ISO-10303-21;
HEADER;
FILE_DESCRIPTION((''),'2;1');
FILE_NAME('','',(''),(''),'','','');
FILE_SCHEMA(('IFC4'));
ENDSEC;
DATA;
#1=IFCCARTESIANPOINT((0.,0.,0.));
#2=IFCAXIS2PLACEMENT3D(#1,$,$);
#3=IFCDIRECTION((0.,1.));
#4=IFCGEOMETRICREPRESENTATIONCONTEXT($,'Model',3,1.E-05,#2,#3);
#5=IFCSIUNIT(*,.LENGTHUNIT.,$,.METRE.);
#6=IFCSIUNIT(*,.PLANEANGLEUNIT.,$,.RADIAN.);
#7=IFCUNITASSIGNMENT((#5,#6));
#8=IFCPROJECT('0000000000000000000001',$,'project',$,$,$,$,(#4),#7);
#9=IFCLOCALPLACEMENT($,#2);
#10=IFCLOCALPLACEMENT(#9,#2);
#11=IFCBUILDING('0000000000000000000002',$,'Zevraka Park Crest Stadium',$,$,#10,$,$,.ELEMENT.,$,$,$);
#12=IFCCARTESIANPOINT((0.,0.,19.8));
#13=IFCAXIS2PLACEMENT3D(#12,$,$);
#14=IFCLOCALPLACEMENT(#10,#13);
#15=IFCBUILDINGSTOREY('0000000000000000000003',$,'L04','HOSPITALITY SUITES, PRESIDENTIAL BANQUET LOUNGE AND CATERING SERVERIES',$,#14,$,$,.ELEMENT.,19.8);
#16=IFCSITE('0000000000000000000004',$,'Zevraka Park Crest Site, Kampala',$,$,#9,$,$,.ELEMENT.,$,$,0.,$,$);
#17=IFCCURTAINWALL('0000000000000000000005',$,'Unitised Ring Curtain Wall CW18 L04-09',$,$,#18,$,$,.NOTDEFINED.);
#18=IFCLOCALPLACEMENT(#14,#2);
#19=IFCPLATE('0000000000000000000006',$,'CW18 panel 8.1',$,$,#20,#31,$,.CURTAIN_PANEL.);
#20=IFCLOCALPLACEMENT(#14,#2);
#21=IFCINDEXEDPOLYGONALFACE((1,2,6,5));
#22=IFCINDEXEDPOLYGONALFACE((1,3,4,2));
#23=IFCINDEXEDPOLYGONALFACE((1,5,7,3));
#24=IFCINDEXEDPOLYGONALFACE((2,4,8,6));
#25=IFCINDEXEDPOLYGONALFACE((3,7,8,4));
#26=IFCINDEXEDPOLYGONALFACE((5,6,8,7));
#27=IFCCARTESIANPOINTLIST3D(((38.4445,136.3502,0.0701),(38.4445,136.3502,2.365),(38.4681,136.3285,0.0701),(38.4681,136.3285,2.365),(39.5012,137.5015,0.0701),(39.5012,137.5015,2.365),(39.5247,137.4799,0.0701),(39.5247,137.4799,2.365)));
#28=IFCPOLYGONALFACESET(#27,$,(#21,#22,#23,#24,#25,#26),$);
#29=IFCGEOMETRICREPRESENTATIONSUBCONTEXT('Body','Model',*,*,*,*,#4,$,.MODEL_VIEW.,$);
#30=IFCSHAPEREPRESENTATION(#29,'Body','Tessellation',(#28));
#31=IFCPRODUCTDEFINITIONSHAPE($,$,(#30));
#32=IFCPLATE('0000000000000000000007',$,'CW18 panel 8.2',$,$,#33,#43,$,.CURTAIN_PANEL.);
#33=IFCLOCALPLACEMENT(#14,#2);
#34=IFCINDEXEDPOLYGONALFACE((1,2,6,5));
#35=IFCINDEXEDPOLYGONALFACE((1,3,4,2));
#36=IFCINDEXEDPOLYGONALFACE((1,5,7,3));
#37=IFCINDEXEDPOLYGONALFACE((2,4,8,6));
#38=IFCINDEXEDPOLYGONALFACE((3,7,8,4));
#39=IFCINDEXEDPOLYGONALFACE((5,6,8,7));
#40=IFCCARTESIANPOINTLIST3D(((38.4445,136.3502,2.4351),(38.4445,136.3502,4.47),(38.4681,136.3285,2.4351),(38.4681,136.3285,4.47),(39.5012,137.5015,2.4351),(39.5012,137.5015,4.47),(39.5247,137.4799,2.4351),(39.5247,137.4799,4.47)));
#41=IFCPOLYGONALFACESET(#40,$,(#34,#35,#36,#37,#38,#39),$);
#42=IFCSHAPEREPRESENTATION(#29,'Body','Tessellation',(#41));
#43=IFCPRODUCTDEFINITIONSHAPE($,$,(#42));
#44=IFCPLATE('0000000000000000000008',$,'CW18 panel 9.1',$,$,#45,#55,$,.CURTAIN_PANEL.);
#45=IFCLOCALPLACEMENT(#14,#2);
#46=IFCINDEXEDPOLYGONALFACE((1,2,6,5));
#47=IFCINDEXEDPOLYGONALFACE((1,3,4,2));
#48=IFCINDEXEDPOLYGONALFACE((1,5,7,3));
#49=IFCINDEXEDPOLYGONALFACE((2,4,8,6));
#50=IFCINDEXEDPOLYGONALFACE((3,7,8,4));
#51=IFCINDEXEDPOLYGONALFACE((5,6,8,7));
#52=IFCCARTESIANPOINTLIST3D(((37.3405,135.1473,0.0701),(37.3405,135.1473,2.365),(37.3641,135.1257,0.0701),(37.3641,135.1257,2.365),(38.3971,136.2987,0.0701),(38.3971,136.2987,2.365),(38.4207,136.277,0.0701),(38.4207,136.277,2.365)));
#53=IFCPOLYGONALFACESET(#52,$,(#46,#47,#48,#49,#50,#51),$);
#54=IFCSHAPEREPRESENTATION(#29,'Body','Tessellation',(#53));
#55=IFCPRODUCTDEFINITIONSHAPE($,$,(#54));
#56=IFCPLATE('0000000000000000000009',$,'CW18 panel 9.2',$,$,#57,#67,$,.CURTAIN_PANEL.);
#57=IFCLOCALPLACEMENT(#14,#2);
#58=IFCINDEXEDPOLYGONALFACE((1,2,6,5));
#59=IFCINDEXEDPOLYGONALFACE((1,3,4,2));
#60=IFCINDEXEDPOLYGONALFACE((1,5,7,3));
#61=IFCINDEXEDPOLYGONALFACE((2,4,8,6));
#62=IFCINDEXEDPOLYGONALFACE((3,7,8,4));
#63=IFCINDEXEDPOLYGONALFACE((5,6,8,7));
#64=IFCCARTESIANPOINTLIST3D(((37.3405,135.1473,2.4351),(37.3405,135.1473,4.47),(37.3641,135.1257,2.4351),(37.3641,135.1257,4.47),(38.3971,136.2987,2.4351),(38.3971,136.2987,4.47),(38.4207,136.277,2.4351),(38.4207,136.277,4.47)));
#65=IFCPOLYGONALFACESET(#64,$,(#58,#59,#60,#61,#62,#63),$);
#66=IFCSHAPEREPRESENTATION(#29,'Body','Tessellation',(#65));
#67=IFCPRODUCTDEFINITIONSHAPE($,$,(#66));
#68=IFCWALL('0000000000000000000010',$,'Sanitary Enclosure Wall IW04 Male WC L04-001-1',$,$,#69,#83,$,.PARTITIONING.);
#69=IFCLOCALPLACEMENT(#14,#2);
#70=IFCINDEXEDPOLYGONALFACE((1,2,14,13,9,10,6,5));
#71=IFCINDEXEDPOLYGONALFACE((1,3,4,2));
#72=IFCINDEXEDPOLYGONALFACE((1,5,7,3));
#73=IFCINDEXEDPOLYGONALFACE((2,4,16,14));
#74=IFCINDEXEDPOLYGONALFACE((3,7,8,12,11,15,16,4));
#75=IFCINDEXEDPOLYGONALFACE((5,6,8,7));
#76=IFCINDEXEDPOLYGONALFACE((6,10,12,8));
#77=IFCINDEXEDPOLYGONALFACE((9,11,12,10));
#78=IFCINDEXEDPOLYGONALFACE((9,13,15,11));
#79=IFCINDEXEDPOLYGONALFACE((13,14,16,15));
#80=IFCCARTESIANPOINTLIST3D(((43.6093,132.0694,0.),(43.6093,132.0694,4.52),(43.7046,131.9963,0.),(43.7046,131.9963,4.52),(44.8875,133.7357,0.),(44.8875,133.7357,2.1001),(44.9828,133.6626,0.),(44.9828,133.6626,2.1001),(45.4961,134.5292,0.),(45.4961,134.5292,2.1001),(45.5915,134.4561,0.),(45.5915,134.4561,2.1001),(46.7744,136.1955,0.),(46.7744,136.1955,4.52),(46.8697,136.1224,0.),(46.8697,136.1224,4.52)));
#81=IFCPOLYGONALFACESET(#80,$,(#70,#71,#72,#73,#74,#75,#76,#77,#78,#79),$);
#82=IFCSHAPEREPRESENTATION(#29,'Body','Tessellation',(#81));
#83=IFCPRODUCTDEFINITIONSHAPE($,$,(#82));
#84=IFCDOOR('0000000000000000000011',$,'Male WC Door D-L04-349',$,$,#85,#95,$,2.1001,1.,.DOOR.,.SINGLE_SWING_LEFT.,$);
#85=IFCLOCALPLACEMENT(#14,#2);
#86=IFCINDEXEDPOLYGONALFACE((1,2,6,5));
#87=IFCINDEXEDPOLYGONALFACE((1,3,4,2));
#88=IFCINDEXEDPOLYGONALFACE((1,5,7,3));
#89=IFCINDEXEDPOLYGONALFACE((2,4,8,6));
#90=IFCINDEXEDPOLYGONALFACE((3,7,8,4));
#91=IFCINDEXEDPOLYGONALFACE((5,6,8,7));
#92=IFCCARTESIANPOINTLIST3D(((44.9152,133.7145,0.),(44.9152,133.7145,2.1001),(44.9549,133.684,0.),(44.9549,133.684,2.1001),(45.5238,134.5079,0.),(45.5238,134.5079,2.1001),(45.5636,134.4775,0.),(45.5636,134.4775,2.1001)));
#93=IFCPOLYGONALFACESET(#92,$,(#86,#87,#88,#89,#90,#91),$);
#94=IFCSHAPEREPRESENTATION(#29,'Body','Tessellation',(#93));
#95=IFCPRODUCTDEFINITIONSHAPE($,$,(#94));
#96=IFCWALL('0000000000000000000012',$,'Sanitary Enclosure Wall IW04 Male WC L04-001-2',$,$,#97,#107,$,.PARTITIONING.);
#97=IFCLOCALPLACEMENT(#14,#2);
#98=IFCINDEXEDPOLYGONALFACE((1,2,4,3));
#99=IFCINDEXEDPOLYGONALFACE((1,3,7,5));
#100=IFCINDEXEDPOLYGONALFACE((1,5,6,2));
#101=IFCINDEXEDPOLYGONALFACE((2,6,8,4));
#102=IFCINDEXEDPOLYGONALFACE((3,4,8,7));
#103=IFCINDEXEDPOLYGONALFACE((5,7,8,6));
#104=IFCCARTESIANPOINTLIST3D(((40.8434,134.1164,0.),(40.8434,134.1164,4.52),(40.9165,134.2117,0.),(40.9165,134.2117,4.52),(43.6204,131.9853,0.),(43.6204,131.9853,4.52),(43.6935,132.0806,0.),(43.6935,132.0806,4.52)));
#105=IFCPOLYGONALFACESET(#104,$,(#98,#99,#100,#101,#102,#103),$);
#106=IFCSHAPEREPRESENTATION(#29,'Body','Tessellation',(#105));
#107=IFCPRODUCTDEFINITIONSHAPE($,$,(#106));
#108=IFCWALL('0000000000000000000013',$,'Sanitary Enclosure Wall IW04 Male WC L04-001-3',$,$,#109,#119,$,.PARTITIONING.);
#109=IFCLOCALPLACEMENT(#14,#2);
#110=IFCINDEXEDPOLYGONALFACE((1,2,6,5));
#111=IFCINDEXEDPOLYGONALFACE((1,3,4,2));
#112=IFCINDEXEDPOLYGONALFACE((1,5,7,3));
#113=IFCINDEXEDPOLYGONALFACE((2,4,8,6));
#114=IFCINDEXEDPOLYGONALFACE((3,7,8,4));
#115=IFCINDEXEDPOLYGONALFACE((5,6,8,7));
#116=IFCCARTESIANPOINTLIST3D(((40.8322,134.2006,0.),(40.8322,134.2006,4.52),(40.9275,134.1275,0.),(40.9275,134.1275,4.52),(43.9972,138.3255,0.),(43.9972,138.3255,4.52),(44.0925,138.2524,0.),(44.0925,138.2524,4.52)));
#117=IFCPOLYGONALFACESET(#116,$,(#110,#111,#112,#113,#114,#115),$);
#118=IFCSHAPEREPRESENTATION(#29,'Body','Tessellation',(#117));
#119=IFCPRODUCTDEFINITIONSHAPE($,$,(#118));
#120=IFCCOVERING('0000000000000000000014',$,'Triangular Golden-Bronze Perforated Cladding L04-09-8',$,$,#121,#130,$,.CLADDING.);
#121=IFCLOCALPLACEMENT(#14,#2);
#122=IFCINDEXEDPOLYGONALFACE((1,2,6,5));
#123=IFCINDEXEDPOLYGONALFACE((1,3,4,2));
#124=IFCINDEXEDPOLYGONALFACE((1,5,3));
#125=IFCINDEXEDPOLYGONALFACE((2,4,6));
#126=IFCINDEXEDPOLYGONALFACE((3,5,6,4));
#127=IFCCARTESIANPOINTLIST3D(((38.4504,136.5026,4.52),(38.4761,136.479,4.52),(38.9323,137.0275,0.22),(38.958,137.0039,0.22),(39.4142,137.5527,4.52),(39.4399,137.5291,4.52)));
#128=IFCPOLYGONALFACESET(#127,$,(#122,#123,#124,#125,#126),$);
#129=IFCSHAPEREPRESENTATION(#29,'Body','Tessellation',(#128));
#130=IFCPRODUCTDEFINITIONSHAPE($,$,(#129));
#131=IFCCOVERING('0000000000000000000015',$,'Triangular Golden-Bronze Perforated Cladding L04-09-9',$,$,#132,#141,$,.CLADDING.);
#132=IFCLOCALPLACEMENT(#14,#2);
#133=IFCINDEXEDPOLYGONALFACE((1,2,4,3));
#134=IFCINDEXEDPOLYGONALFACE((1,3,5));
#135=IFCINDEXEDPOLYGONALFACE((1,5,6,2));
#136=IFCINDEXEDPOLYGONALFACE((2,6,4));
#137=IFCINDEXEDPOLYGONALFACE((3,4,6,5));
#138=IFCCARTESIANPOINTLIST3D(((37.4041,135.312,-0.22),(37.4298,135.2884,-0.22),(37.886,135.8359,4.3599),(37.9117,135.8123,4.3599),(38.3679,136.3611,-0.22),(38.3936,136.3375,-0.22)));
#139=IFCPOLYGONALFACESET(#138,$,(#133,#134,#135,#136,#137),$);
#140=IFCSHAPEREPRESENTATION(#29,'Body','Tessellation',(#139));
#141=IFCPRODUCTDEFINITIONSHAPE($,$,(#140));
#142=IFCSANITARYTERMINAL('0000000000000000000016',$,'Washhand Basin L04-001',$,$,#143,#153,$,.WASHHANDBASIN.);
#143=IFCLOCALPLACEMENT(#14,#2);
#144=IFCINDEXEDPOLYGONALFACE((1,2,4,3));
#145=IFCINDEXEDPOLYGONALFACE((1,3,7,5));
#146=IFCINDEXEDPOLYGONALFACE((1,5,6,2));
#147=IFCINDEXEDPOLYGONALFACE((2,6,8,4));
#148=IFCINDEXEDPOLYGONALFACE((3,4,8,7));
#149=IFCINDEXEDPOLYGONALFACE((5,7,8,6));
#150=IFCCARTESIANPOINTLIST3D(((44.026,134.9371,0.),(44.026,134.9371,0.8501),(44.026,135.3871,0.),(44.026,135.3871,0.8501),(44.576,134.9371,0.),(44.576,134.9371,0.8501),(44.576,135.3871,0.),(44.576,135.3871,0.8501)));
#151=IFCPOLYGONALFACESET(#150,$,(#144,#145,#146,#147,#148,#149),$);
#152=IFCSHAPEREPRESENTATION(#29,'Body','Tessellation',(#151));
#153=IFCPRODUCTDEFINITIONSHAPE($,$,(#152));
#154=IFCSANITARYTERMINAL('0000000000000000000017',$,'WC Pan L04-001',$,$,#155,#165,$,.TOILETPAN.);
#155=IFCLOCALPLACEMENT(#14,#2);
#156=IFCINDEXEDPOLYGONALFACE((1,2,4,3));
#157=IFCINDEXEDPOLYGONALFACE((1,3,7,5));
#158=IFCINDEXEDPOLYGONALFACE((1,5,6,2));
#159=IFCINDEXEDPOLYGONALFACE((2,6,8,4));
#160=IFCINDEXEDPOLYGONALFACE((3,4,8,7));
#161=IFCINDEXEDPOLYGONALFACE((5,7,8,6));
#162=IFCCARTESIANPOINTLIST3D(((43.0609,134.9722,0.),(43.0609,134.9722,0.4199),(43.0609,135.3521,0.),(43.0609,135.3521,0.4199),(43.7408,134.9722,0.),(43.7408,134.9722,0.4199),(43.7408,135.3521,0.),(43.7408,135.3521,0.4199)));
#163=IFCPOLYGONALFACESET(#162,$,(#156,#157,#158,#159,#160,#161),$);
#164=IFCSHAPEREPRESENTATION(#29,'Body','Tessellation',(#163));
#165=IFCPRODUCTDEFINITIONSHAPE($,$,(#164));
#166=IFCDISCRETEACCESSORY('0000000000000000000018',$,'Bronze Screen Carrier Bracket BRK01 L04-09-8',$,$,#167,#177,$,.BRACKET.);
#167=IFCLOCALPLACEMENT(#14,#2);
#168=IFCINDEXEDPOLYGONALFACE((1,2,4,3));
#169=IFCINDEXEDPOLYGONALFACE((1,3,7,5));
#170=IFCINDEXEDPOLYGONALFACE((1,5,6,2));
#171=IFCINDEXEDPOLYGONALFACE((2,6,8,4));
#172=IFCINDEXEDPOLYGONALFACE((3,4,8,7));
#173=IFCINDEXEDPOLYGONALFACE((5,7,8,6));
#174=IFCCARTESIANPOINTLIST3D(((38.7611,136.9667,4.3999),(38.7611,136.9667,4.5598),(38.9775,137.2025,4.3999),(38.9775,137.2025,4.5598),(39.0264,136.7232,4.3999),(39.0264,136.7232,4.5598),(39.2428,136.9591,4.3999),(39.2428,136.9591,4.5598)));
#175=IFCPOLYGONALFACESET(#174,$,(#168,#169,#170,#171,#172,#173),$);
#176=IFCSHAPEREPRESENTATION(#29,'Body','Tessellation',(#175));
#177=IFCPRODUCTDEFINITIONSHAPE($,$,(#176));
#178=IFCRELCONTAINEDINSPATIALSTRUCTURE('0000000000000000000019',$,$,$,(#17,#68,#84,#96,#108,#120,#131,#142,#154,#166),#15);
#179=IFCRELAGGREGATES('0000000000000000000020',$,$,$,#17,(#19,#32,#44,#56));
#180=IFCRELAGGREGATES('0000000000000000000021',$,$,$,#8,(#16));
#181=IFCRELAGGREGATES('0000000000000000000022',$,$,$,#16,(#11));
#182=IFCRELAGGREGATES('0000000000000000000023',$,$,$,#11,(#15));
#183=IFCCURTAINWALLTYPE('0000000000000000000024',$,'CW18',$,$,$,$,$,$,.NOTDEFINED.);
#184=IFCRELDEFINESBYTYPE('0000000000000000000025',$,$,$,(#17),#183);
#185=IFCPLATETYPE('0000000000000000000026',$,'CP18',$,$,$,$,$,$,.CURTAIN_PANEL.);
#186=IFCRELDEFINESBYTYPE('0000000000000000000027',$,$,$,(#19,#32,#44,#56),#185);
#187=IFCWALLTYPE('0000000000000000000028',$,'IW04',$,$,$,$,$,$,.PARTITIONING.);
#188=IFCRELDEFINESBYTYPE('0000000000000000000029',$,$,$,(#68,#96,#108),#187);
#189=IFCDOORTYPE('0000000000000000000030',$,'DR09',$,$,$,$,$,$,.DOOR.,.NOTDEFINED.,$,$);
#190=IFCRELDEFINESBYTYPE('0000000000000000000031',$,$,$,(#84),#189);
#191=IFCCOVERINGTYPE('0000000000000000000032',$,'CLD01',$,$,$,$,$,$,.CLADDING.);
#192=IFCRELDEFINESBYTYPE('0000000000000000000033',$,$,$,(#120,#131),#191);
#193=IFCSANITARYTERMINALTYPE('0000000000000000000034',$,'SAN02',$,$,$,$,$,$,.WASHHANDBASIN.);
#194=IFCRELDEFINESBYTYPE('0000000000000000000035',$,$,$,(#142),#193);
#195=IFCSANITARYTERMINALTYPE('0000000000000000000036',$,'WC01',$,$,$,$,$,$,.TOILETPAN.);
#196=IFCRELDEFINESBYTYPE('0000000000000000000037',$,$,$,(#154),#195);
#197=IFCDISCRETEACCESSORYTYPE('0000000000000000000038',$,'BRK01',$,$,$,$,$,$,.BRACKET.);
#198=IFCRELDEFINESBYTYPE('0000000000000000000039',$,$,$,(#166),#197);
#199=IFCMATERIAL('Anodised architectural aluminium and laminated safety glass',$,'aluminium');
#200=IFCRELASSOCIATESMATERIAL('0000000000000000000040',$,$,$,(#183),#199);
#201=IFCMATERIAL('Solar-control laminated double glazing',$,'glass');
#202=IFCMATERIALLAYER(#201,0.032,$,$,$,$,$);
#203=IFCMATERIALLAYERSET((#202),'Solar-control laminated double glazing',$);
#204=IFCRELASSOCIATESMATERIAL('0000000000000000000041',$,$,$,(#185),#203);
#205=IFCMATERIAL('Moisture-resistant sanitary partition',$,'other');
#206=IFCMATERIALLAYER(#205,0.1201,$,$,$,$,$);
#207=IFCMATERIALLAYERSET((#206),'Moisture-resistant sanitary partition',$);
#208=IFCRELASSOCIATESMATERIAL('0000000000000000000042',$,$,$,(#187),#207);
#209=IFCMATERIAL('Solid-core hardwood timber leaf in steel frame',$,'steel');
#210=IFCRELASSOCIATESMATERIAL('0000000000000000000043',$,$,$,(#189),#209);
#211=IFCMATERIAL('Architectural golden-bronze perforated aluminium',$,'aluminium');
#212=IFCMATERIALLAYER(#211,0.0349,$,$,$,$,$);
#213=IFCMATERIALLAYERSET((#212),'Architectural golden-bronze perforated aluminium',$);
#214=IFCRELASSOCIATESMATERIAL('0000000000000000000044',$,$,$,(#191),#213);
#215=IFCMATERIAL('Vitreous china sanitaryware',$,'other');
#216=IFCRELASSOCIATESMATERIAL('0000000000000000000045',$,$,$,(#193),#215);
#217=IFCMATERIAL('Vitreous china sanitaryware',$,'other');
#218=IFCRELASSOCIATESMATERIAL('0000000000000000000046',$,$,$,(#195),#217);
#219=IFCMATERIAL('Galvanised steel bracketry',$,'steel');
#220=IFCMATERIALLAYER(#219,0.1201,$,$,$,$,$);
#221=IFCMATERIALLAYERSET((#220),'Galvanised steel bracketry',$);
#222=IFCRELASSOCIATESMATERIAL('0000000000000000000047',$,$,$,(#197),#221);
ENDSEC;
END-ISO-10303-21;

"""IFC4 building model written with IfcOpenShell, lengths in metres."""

from ifc_helpers import new_model, si_unit, direction, frame, frame_2d, origin, origin_2d, place, context, subcontext, project, spatial, polyline, rectangle, outline, extrude, material, layer, layer_set, type_object, element, fill, aggregate, save


model = new_model("IFC4")

# Units and contexts
model_context = context("Model", 3, precision=1e-05, world=origin(), true_north=direction((0.0, 1.0)))
body_context = subcontext(model_context, "Body", "Model", "MODEL_VIEW")
ifc_project = project(units=[si_unit("LENGTHUNIT", "METRE"), si_unit("PLANEANGLEUNIT", "RADIAN")], contexts=[model_context])

# Site, building, storey
site_placement = place(None, origin())
site = spatial("IfcSite", under=ifc_project, at=site_placement, Name="Zevraka Park Crest Site, Kampala", CompositionType="ELEMENT", RefElevation=0.0)
building_placement = place(site_placement, origin())
building = spatial("IfcBuilding", under=site, at=building_placement, Name="Zevraka Park Crest Stadium", CompositionType="ELEMENT")
storey_placement = place(building_placement, frame((0.0, 0.0, 19.8)))
storey = spatial("IfcBuildingStorey", under=building, at=storey_placement, Name="L04", Description="HOSPITALITY SUITES, PRESIDENTIAL BANQUET LOUNGE AND CATERING SERVERIES", CompositionType="ELEMENT", Elevation=19.8)

# Curtain wall
ifc_material_1 = material(Name="Anodised architectural aluminium and laminated safety glass", Category="aluminium")
curtain_wall_type = type_object("IfcCurtainWallType", Name="CW18", PredefinedType="NOTDEFINED", material=ifc_material_1)
curtain_wall_placement = place(storey_placement, origin())
curtain_wall = element("IfcCurtainWall", 1, at=curtain_wall_placement, inside=storey, type_object=curtain_wall_type, Name="Unitised Ring Curtain Wall CW18 L04-09", PredefinedType="NOTDEFINED")

# Plates
ifc_material_2 = material(Name="Solar-control laminated double glazing", Category="glass")
ifc_layer_1 = layer(ifc_material_2, 0.032)
ifc_layer_set_1 = layer_set([ifc_layer_1], Name="Solar-control laminated double glazing")
plate_type = type_object("IfcPlateType", Name="CP18", PredefinedType="CURTAIN_PANEL", material=ifc_layer_set_1)
plate_1_placement = place(storey_placement, frame((38.9846, 136.915, 0.0701), z_axis=(0.0, 0.0, 1.0), x_axis=(-0.676138, -0.736775, 0.0)))
plate_1 = element("IfcPlate", 2, at=plate_1_placement, type_object=plate_type, Name="CW18 panel 8.1", PredefinedType="CURTAIN_PANEL", context=body_context, shape_type="SweptSolid", body=[
    extrude(rectangle(XDim=1.5627, YDim=0.032, at=origin_2d()), origin(), (0.0, 0.0, 1.0), 2.2949),
])
plate_2_placement = place(storey_placement, frame((38.9846, 136.915, 2.4351), z_axis=(0.0, 0.0, 1.0), x_axis=(-0.676138, -0.736775, 0.0)))
plate_2 = element("IfcPlate", 3, at=plate_2_placement, type_object=plate_type, Name="CW18 panel 8.2", PredefinedType="CURTAIN_PANEL", context=body_context, shape_type="SweptSolid", body=[
    extrude(rectangle(XDim=1.5627, YDim=0.032, at=origin_2d()), origin(), (0.0, 0.0, 1.0), 2.0349),
])
plate_3_placement = place(storey_placement, frame((37.8806, 135.7122, 0.0701), z_axis=(0.0, 0.0, 1.0), x_axis=(-0.676138, -0.736775, 0.0)))
plate_3 = element("IfcPlate", 4, at=plate_3_placement, type_object=plate_type, Name="CW18 panel 9.1", PredefinedType="CURTAIN_PANEL", context=body_context, shape_type="SweptSolid", body=[
    extrude(rectangle(XDim=1.5627, YDim=0.032, at=origin_2d()), origin(), (0.0, 0.0, 1.0), 2.2949),
])
plate_4_placement = place(storey_placement, frame((37.8806, 135.7122, 2.4351), z_axis=(0.0, 0.0, 1.0), x_axis=(-0.676138, -0.736775, 0.0)))
plate_4 = element("IfcPlate", 5, at=plate_4_placement, type_object=plate_type, Name="CW18 panel 9.2", PredefinedType="CURTAIN_PANEL", context=body_context, shape_type="SweptSolid", body=[
    extrude(rectangle(XDim=1.5627, YDim=0.032, at=origin_2d()), origin(), (0.0, 0.0, 1.0), 2.0349),
])
aggregate(curtain_wall, [plate_1, plate_2, plate_3, plate_4])

# Wall, opening, door
ifc_material_3 = material(Name="Moisture-resistant sanitary partition", Category="other")
ifc_layer_2 = layer(ifc_material_3, 0.1201)
ifc_layer_set_2 = layer_set([ifc_layer_2], Name="Moisture-resistant sanitary partition")
wall_type = type_object("IfcWallType", Name="IW04", PredefinedType="PARTITIONING", material=ifc_layer_set_2)
wall_1_placement = place(storey_placement, frame((46.822, 136.1589, 0.0), z_axis=(0.0, 0.0, 1.0), x_axis=(-0.608648, -0.79344, 0.0)))
wall_1 = element("IfcWall", 6, at=wall_1_placement, inside=storey, type_object=wall_type, Name="Sanitary Enclosure Wall IW04 Male WC L04-001-1", PredefinedType="PARTITIONING", context=body_context, shape_type="SweptSolid", body=[
    extrude(rectangle(XDim=5.2002, YDim=0.1201, at=frame_2d((2.6001, 0.0))), origin(), (0.0, 0.0, 1.0), 4.52),
])
opening_placement = place(wall_1_placement, frame((2.1001, 0.0, 0.0)))
opening = element("IfcOpeningElement", 7, at=opening_placement, cuts=wall_1, PredefinedType="OPENING", context=body_context, shape_type="SweptSolid", body=[
    extrude(rectangle(XDim=1.0, YDim=2.1001, at=frame_2d((0.5, 1.05))), frame((0.0, 0.0701, 0.0), z_axis=(0.0, -1.0, 0.0), x_axis=(1.0, 0.0, 0.0)), (0.0, 0.0, 1.0), 0.1401),
])
ifc_material_4 = material(Name="Solid-core hardwood timber leaf in steel frame", Category="steel")
door_type = type_object("IfcDoorType", Name="DR09", OperationType="NOTDEFINED", PredefinedType="DOOR", material=ifc_material_4)
door_placement = place(opening_placement, origin())
door = element("IfcDoor", 8, at=door_placement, inside=storey, type_object=door_type, Name="Male WC Door D-L04-349", OperationType="SINGLE_SWING_LEFT", OverallHeight=2.1001, OverallWidth=1.0, PredefinedType="DOOR", context=body_context, shape_type="SweptSolid", body=[
    extrude(rectangle(XDim=1.0, YDim=2.1001, at=frame_2d((0.5, 1.05))), frame((0.0, 0.0249, 0.0), z_axis=(0.0, -1.0, 0.0), x_axis=(1.0, 0.0, 0.0)), (0.0, 0.0, 1.0), 0.05),
])
fill(opening, door)

# Walls
wall_2_placement = place(storey_placement, frame((43.657, 132.033, 0.0), z_axis=(0.0, 0.0, 1.0), x_axis=(-0.793331, 0.60879, 0.0)))
element("IfcWall", 9, at=wall_2_placement, inside=storey, type_object=wall_type, Name="Sanitary Enclosure Wall IW04 Male WC L04-001-2", PredefinedType="PARTITIONING", context=body_context, shape_type="SweptSolid", body=[
    extrude(rectangle(XDim=3.5005, YDim=0.1201, at=frame_2d((1.7502, 0.0))), origin(), (0.0, 0.0, 1.0), 4.52),
])
wall_3_placement = place(storey_placement, frame((40.8799, 134.1641, 0.0), z_axis=(0.0, 0.0, 1.0), x_axis=(0.608739, 0.793371, 0.0)))
element("IfcWall", 10, at=wall_3_placement, inside=storey, type_object=wall_type, Name="Sanitary Enclosure Wall IW04 Male WC L04-001-3", PredefinedType="PARTITIONING", context=body_context, shape_type="SweptSolid", body=[
    extrude(rectangle(XDim=5.1992, YDim=0.1201, at=frame_2d((2.5996, 0.0))), origin(), (0.0, 0.0, 1.0), 4.52),
])

# Coverings
ifc_material_5 = material(Name="Architectural golden-bronze perforated aluminium", Category="aluminium")
ifc_layer_3 = layer(ifc_material_5, 0.0349)
ifc_layer_set_3 = layer_set([ifc_layer_3], Name="Architectural golden-bronze perforated aluminium")
covering_type = type_object("IfcCoveringType", Name="CLD01", PredefinedType="CLADDING", material=ifc_layer_set_3)
covering_1_placement = place(storey_placement, frame((38.4761, 136.479, 4.52), z_axis=(0.736692, -0.676229, 0.000019), x_axis=(0.676229, 0.736692, 0.0)))
element("IfcCovering", 11, at=covering_1_placement, inside=storey, type_object=covering_type, Name="Triangular Golden-Bronze Perforated Cladding L04-09-8", PredefinedType="CLADDING", context=body_context, shape_type="SweptSolid", body=[
    extrude(outline(polyline([(0.0, 0.0), (1.4254, 0.0), (0.7126, -4.3), (0.0, 0.0)])), origin(), (0.0, 0.0, -1.0), 0.0349),
])
covering_2_placement = place(storey_placement, frame((38.3679, 136.3611, -0.22), z_axis=(-0.736378, 0.67657, 0.00009), x_axis=(-0.67657, -0.736378, 0.0)))
element("IfcCovering", 12, at=covering_2_placement, inside=storey, type_object=covering_type, Name="Triangular Golden-Bronze Perforated Cladding L04-09-9", PredefinedType="CLADDING", context=body_context, shape_type="SweptSolid", body=[
    extrude(outline(polyline([(0.0, 0.0), (1.4246, 0.0), (0.7128, 4.5798), (0.0, 0.0)])), origin(), (0.0, 0.0, -1.0), 0.0349),
])

# Sanitary terminals
ifc_material_6 = material(Name="Vitreous china sanitaryware", Category="other")
sanitary_terminal_type_1 = type_object("IfcSanitaryTerminalType", Name="SAN02", PredefinedType="WASHHANDBASIN", material=ifc_material_6)
sanitary_terminal_1_placement = place(storey_placement, frame((44.301, 135.1621, 0.0), z_axis=(0.0, 0.0, 1.0), x_axis=(1.0, 0.0, 0.0)))
element("IfcSanitaryTerminal", 13, at=sanitary_terminal_1_placement, inside=storey, type_object=sanitary_terminal_type_1, Name="Washhand Basin L04-001", PredefinedType="WASHHANDBASIN", context=body_context, shape_type="SweptSolid", body=[
    extrude(rectangle(XDim=0.55, YDim=0.45, at=origin_2d()), origin(), (0.0, 0.0, 1.0), 0.8501),
])
ifc_material_7 = material(Name="Vitreous china sanitaryware", Category="other")
sanitary_terminal_type_2 = type_object("IfcSanitaryTerminalType", Name="WC01", PredefinedType="TOILETPAN", material=ifc_material_7)
sanitary_terminal_2_placement = place(storey_placement, frame((43.4009, 135.1621, 0.0), z_axis=(0.0, 0.0, 1.0), x_axis=(1.0, 0.0, 0.0)))
element("IfcSanitaryTerminal", 14, at=sanitary_terminal_2_placement, inside=storey, type_object=sanitary_terminal_type_2, Name="WC Pan L04-001", PredefinedType="TOILETPAN", context=body_context, shape_type="SweptSolid", body=[
    extrude(rectangle(XDim=0.6799, YDim=0.3799, at=origin_2d()), origin(), (0.0, 0.0, 1.0), 0.4199),
])

# Discrete accessory
ifc_material_8 = material(Name="Galvanised steel bracketry", Category="steel")
ifc_layer_4 = layer(ifc_material_8, 0.1201)
ifc_layer_set_4 = layer_set([ifc_layer_4], Name="Galvanised steel bracketry")
discrete_accessory_type = type_object("IfcDiscreteAccessoryType", Name="BRK01", PredefinedType="BRACKET", material=ifc_layer_set_4)
for number, where, z_axis, x_axis, name in (
    (15, (39.002, 136.9629, 4.3999), (0.0, 0.0, 1.0), (-0.676105, -0.736806, 0.0), "Bronze Screen Carrier Bracket BRK01 L04-09-8"),
):
    element("IfcDiscreteAccessory", number, at=place(storey_placement, frame(where, z_axis=z_axis, x_axis=x_axis)), inside=storey, type_object=discrete_accessory_type, Name=name, PredefinedType="BRACKET", context=body_context, shape_type="SweptSolid", body=[
        extrude(rectangle(XDim=0.3201, YDim=0.3601, at=origin_2d()), origin(), (0.0, 0.0, 1.0), 0.1599),
    ])

save(model, "model.ifc")
